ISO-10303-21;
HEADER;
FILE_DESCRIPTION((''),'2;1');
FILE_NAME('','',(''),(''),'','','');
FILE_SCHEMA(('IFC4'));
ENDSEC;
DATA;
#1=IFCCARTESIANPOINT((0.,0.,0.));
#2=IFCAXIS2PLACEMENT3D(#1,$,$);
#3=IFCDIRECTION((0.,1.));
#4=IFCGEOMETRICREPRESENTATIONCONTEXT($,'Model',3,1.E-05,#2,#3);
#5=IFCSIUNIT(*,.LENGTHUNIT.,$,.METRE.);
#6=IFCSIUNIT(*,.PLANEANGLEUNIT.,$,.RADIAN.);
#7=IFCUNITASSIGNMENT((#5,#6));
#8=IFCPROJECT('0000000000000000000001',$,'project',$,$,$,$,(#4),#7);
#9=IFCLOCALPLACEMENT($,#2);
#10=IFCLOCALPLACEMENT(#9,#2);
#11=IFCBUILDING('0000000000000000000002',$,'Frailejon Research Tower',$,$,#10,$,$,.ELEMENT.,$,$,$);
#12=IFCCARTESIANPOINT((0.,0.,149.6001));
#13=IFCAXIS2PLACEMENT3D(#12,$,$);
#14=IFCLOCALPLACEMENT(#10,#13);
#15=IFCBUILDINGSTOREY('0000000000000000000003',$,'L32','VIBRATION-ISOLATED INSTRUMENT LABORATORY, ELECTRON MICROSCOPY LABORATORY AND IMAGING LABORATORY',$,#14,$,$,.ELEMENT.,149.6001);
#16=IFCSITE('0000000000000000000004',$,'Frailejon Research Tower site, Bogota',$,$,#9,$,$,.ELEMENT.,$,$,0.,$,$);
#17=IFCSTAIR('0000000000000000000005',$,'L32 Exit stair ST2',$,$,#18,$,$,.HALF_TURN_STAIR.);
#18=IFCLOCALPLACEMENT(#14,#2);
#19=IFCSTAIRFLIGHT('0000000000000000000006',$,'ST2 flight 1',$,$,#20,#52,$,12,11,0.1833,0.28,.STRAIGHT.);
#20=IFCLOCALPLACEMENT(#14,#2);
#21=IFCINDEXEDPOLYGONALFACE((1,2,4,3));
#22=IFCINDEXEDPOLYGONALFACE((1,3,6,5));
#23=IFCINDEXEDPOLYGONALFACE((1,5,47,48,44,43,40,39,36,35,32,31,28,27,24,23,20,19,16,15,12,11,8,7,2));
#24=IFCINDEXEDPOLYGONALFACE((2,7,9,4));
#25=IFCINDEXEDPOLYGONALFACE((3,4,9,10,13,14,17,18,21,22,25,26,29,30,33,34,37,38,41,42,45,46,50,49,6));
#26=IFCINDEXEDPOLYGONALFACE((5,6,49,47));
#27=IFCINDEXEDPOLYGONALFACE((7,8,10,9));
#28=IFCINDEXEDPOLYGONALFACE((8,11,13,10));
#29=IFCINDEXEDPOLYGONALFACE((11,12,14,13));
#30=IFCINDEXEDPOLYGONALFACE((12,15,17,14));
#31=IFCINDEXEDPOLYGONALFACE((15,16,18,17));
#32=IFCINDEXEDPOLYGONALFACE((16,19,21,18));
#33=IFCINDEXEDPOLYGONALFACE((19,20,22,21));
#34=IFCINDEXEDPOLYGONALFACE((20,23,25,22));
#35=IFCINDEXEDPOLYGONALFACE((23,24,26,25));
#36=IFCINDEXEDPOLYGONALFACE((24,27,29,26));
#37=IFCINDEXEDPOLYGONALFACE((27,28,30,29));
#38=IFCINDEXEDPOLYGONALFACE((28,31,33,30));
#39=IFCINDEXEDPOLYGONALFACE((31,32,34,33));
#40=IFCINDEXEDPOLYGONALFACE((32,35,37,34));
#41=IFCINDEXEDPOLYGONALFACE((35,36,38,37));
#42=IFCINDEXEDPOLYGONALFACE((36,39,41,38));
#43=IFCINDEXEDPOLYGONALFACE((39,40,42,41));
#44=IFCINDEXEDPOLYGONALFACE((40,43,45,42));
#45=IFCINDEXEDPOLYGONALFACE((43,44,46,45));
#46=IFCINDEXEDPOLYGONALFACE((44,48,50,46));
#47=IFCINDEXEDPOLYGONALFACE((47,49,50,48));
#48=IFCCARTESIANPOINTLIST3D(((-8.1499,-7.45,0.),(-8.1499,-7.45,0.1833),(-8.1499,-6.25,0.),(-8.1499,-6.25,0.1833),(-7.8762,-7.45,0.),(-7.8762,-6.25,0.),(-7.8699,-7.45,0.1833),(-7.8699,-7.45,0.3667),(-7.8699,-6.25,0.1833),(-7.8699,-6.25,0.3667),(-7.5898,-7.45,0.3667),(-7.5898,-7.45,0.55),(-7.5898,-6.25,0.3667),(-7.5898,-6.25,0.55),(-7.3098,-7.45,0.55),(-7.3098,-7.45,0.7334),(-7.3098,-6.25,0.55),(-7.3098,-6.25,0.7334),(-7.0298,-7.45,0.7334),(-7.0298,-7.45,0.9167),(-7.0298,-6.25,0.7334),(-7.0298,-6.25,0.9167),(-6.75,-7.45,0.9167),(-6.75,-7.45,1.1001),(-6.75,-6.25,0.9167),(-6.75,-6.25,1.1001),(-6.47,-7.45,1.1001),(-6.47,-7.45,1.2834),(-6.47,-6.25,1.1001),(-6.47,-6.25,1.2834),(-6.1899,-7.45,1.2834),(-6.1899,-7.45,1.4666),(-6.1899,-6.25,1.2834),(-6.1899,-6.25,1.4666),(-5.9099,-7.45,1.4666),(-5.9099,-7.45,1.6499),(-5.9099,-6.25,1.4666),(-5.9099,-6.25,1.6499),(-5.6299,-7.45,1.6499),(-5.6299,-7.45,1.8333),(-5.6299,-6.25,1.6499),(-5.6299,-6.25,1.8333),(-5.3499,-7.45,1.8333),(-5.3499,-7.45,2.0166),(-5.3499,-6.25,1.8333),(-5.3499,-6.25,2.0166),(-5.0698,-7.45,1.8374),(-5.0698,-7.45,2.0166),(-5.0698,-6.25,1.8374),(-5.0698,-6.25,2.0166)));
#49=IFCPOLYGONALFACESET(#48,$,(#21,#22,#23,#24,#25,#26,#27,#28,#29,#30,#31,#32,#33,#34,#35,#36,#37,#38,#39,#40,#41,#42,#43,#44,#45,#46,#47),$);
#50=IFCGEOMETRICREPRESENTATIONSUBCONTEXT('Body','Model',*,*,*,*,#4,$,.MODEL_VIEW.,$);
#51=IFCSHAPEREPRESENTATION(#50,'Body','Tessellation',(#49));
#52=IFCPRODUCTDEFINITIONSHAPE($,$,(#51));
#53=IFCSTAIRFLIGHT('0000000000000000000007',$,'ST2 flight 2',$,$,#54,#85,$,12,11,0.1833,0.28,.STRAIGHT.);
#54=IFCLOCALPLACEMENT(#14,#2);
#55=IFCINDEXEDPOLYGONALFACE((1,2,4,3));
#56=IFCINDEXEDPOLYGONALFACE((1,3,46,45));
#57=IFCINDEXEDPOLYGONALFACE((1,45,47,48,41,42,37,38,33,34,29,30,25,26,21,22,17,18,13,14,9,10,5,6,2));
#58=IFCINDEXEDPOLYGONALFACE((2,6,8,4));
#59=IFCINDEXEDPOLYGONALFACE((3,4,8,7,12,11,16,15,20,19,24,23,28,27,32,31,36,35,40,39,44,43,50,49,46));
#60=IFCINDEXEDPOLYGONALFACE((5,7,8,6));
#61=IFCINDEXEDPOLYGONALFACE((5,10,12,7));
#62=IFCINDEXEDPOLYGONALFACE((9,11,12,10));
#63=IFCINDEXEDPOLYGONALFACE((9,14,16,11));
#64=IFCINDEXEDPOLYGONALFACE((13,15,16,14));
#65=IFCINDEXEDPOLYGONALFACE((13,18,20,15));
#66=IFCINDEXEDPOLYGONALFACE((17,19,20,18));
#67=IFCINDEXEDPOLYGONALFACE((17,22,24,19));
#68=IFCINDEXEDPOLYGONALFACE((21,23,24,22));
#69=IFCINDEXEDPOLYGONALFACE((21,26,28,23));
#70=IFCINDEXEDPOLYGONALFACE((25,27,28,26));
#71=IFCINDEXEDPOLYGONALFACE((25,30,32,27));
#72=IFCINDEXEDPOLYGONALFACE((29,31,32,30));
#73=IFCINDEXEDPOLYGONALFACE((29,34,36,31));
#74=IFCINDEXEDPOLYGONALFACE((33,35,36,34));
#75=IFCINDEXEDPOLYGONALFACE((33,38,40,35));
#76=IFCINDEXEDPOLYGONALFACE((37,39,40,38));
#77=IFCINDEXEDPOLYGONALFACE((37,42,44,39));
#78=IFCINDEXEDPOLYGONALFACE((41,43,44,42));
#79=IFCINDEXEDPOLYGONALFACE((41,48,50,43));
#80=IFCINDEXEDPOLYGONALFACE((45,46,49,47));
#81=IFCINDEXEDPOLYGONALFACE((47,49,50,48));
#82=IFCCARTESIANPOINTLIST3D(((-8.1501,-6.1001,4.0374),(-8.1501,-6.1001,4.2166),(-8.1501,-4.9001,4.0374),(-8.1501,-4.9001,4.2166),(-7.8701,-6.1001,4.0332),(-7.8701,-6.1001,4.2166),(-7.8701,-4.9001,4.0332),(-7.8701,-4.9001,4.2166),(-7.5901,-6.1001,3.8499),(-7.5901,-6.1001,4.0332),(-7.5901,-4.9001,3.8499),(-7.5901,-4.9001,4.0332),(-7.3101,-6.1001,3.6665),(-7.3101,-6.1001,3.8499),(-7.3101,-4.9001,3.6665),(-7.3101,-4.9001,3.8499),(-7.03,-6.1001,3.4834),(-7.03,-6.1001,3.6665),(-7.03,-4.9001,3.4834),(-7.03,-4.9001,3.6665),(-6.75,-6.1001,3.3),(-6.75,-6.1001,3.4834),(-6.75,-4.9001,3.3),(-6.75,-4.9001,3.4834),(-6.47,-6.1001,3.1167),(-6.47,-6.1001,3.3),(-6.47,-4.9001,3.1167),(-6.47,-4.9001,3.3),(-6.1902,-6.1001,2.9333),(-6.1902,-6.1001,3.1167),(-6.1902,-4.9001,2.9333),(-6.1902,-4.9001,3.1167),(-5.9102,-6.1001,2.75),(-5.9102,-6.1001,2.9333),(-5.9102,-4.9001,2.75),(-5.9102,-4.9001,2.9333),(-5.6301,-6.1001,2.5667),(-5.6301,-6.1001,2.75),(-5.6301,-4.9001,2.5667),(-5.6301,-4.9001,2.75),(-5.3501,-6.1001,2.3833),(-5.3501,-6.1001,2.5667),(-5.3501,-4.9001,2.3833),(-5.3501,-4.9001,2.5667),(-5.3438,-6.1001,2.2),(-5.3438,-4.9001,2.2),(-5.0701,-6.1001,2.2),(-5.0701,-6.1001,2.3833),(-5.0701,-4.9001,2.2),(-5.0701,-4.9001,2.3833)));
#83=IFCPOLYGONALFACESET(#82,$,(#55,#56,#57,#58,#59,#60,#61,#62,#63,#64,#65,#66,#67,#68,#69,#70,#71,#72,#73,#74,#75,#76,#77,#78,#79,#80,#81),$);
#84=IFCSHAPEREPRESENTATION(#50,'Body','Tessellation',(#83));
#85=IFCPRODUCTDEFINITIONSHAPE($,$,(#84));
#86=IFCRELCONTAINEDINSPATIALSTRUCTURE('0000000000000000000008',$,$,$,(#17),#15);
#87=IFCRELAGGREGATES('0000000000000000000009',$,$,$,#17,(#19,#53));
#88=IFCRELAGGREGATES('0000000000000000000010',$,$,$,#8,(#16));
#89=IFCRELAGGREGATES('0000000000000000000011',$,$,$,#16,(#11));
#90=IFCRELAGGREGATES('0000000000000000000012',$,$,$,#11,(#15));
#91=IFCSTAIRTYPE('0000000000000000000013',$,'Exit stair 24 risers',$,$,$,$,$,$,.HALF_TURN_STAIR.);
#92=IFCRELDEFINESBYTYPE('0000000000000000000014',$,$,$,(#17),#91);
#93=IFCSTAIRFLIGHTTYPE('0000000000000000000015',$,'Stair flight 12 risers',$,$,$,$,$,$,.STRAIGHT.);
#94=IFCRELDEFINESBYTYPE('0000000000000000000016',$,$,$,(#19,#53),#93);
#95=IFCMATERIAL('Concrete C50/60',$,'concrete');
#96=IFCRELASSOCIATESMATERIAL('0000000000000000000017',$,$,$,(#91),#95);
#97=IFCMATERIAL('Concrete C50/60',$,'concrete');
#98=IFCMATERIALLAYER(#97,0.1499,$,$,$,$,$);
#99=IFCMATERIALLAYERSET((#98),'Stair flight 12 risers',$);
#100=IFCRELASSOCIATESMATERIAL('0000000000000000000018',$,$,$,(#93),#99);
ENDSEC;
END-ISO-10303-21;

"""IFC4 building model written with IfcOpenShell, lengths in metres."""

from ifc_helpers import new_model, si_unit, direction, frame, origin, place, context, subcontext, project, spatial, polyline, outline, extrude, material, layer, layer_set, type_object, element, aggregate, save


model = new_model("IFC4")

# Units and contexts
model_context = context("Model", 3, precision=1e-05, world=origin(), true_north=direction((0.0, 1.0)))
body_context = subcontext(model_context, "Body", "Model", "MODEL_VIEW")
ifc_project = project(units=[si_unit("LENGTHUNIT", "METRE"), si_unit("PLANEANGLEUNIT", "RADIAN")], contexts=[model_context])

# Site, building, storey
site_placement = place(None, origin())
site = spatial("IfcSite", under=ifc_project, at=site_placement, Name="Frailejon Research Tower site, Bogota", CompositionType="ELEMENT", RefElevation=0.0)
building_placement = place(site_placement, origin())
building = spatial("IfcBuilding", under=site, at=building_placement, Name="Frailejon Research Tower", CompositionType="ELEMENT")
storey_placement = place(building_placement, frame((0.0, 0.0, 149.6001)))
storey = spatial("IfcBuildingStorey", under=building, at=storey_placement, Name="L32", Description="VIBRATION-ISOLATED INSTRUMENT LABORATORY, ELECTRON MICROSCOPY LABORATORY AND IMAGING LABORATORY", CompositionType="ELEMENT", Elevation=149.6001)

# Stair, stair flights
ifc_material_1 = material(Name="Concrete C50/60", Category="concrete")
stair_type = type_object("IfcStairType", Name="Exit stair 24 risers", PredefinedType="HALF_TURN_STAIR", material=ifc_material_1)
stair_placement = place(storey_placement, origin())
stair = element("IfcStair", 1, at=stair_placement, inside=storey, type_object=stair_type, Name="L32 Exit stair ST2", PredefinedType="HALF_TURN_STAIR")
ifc_material_2 = material(Name="Concrete C50/60", Category="concrete")
ifc_layer_1 = layer(ifc_material_2, 0.1499)
ifc_layer_set_1 = layer_set([ifc_layer_1], Name="Stair flight 12 risers")
stair_flight_type = type_object("IfcStairFlightType", Name="Stair flight 12 risers", PredefinedType="STRAIGHT", material=ifc_layer_set_1)
stair_flight_1_placement = place(storey_placement, frame((-8.1499, -6.8501, 0.0), z_axis=(0.0, 0.0, 1.0), x_axis=(1.0, 0.0, 0.0)))
stair_flight_1 = element("IfcStairFlight", 2, at=stair_flight_1_placement, type_object=stair_flight_type, Name="ST2 flight 1", NumberOfRisers=12, NumberOfTreads=11, PredefinedType="STRAIGHT", RiserHeight=0.1833, TreadLength=0.28, context=body_context, shape_type="SweptSolid", body=[
    extrude(outline(polyline([(0.0, 0.0), (0.0, 0.1833), (0.28, 0.1833), (0.28, 0.3667), (0.5601, 0.3667), (0.5601, 0.55), (0.8401, 0.55), (0.8401, 0.7334), (1.1201, 0.7334), (1.1201, 0.9167), (1.3999, 0.9167), (1.3999, 1.1001), (1.6799, 1.1001), (1.6799, 1.2834), (1.96, 1.2834), (1.96, 1.4666), (2.24, 1.4666), (2.24, 1.6499), (2.52, 1.6499), (2.52, 1.8333), (2.8, 1.8333), (2.8, 2.0166), (3.0801, 2.0166), (3.0801, 2.2), (3.0801, 1.8374), (0.2737, 0.0), (0.0, 0.0)])), frame((0.0, 0.6001, 0.0), z_axis=(0.0, -1.0, 0.0), x_axis=(1.0, 0.0, 0.0)), (0.0, 0.0, 1.0), 1.2),
])
stair_flight_2_placement = place(storey_placement, frame((-5.0701, -5.5, 2.2), z_axis=(0.0, 0.0, 1.0), x_axis=(-1.0, 0.0, 0.0)))
stair_flight_2 = element("IfcStairFlight", 3, at=stair_flight_2_placement, type_object=stair_flight_type, Name="ST2 flight 2", NumberOfRisers=12, NumberOfTreads=11, PredefinedType="STRAIGHT", RiserHeight=0.1833, TreadLength=0.28, context=body_context, shape_type="SweptSolid", body=[
    extrude(outline(polyline([(0.0, 0.0), (0.0, 0.1833), (0.28, 0.1833), (0.28, 0.3667), (0.5601, 0.3667), (0.5601, 0.55), (0.8401, 0.55), (0.8401, 0.7334), (1.1201, 0.7334), (1.1201, 0.9167), (1.3999, 0.9167), (1.3999, 1.1001), (1.6799, 1.1001), (1.6799, 1.2834), (1.96, 1.2834), (1.96, 1.4666), (2.24, 1.4666), (2.24, 1.6499), (2.52, 1.6499), (2.52, 1.8333), (2.8, 1.8333), (2.8, 2.0166), (3.0801, 2.0166), (3.0801, 2.2), (3.0801, 1.8374), (0.2737, 0.0), (0.0, 0.0)])), frame((0.0, 0.6001, 0.0), z_axis=(0.0, -1.0, 0.0), x_axis=(1.0, 0.0, 0.0)), (0.0, 0.0, 1.0), 1.2),
])
aggregate(stair, [stair_flight_1, stair_flight_2])

save(model, "model.ifc")
